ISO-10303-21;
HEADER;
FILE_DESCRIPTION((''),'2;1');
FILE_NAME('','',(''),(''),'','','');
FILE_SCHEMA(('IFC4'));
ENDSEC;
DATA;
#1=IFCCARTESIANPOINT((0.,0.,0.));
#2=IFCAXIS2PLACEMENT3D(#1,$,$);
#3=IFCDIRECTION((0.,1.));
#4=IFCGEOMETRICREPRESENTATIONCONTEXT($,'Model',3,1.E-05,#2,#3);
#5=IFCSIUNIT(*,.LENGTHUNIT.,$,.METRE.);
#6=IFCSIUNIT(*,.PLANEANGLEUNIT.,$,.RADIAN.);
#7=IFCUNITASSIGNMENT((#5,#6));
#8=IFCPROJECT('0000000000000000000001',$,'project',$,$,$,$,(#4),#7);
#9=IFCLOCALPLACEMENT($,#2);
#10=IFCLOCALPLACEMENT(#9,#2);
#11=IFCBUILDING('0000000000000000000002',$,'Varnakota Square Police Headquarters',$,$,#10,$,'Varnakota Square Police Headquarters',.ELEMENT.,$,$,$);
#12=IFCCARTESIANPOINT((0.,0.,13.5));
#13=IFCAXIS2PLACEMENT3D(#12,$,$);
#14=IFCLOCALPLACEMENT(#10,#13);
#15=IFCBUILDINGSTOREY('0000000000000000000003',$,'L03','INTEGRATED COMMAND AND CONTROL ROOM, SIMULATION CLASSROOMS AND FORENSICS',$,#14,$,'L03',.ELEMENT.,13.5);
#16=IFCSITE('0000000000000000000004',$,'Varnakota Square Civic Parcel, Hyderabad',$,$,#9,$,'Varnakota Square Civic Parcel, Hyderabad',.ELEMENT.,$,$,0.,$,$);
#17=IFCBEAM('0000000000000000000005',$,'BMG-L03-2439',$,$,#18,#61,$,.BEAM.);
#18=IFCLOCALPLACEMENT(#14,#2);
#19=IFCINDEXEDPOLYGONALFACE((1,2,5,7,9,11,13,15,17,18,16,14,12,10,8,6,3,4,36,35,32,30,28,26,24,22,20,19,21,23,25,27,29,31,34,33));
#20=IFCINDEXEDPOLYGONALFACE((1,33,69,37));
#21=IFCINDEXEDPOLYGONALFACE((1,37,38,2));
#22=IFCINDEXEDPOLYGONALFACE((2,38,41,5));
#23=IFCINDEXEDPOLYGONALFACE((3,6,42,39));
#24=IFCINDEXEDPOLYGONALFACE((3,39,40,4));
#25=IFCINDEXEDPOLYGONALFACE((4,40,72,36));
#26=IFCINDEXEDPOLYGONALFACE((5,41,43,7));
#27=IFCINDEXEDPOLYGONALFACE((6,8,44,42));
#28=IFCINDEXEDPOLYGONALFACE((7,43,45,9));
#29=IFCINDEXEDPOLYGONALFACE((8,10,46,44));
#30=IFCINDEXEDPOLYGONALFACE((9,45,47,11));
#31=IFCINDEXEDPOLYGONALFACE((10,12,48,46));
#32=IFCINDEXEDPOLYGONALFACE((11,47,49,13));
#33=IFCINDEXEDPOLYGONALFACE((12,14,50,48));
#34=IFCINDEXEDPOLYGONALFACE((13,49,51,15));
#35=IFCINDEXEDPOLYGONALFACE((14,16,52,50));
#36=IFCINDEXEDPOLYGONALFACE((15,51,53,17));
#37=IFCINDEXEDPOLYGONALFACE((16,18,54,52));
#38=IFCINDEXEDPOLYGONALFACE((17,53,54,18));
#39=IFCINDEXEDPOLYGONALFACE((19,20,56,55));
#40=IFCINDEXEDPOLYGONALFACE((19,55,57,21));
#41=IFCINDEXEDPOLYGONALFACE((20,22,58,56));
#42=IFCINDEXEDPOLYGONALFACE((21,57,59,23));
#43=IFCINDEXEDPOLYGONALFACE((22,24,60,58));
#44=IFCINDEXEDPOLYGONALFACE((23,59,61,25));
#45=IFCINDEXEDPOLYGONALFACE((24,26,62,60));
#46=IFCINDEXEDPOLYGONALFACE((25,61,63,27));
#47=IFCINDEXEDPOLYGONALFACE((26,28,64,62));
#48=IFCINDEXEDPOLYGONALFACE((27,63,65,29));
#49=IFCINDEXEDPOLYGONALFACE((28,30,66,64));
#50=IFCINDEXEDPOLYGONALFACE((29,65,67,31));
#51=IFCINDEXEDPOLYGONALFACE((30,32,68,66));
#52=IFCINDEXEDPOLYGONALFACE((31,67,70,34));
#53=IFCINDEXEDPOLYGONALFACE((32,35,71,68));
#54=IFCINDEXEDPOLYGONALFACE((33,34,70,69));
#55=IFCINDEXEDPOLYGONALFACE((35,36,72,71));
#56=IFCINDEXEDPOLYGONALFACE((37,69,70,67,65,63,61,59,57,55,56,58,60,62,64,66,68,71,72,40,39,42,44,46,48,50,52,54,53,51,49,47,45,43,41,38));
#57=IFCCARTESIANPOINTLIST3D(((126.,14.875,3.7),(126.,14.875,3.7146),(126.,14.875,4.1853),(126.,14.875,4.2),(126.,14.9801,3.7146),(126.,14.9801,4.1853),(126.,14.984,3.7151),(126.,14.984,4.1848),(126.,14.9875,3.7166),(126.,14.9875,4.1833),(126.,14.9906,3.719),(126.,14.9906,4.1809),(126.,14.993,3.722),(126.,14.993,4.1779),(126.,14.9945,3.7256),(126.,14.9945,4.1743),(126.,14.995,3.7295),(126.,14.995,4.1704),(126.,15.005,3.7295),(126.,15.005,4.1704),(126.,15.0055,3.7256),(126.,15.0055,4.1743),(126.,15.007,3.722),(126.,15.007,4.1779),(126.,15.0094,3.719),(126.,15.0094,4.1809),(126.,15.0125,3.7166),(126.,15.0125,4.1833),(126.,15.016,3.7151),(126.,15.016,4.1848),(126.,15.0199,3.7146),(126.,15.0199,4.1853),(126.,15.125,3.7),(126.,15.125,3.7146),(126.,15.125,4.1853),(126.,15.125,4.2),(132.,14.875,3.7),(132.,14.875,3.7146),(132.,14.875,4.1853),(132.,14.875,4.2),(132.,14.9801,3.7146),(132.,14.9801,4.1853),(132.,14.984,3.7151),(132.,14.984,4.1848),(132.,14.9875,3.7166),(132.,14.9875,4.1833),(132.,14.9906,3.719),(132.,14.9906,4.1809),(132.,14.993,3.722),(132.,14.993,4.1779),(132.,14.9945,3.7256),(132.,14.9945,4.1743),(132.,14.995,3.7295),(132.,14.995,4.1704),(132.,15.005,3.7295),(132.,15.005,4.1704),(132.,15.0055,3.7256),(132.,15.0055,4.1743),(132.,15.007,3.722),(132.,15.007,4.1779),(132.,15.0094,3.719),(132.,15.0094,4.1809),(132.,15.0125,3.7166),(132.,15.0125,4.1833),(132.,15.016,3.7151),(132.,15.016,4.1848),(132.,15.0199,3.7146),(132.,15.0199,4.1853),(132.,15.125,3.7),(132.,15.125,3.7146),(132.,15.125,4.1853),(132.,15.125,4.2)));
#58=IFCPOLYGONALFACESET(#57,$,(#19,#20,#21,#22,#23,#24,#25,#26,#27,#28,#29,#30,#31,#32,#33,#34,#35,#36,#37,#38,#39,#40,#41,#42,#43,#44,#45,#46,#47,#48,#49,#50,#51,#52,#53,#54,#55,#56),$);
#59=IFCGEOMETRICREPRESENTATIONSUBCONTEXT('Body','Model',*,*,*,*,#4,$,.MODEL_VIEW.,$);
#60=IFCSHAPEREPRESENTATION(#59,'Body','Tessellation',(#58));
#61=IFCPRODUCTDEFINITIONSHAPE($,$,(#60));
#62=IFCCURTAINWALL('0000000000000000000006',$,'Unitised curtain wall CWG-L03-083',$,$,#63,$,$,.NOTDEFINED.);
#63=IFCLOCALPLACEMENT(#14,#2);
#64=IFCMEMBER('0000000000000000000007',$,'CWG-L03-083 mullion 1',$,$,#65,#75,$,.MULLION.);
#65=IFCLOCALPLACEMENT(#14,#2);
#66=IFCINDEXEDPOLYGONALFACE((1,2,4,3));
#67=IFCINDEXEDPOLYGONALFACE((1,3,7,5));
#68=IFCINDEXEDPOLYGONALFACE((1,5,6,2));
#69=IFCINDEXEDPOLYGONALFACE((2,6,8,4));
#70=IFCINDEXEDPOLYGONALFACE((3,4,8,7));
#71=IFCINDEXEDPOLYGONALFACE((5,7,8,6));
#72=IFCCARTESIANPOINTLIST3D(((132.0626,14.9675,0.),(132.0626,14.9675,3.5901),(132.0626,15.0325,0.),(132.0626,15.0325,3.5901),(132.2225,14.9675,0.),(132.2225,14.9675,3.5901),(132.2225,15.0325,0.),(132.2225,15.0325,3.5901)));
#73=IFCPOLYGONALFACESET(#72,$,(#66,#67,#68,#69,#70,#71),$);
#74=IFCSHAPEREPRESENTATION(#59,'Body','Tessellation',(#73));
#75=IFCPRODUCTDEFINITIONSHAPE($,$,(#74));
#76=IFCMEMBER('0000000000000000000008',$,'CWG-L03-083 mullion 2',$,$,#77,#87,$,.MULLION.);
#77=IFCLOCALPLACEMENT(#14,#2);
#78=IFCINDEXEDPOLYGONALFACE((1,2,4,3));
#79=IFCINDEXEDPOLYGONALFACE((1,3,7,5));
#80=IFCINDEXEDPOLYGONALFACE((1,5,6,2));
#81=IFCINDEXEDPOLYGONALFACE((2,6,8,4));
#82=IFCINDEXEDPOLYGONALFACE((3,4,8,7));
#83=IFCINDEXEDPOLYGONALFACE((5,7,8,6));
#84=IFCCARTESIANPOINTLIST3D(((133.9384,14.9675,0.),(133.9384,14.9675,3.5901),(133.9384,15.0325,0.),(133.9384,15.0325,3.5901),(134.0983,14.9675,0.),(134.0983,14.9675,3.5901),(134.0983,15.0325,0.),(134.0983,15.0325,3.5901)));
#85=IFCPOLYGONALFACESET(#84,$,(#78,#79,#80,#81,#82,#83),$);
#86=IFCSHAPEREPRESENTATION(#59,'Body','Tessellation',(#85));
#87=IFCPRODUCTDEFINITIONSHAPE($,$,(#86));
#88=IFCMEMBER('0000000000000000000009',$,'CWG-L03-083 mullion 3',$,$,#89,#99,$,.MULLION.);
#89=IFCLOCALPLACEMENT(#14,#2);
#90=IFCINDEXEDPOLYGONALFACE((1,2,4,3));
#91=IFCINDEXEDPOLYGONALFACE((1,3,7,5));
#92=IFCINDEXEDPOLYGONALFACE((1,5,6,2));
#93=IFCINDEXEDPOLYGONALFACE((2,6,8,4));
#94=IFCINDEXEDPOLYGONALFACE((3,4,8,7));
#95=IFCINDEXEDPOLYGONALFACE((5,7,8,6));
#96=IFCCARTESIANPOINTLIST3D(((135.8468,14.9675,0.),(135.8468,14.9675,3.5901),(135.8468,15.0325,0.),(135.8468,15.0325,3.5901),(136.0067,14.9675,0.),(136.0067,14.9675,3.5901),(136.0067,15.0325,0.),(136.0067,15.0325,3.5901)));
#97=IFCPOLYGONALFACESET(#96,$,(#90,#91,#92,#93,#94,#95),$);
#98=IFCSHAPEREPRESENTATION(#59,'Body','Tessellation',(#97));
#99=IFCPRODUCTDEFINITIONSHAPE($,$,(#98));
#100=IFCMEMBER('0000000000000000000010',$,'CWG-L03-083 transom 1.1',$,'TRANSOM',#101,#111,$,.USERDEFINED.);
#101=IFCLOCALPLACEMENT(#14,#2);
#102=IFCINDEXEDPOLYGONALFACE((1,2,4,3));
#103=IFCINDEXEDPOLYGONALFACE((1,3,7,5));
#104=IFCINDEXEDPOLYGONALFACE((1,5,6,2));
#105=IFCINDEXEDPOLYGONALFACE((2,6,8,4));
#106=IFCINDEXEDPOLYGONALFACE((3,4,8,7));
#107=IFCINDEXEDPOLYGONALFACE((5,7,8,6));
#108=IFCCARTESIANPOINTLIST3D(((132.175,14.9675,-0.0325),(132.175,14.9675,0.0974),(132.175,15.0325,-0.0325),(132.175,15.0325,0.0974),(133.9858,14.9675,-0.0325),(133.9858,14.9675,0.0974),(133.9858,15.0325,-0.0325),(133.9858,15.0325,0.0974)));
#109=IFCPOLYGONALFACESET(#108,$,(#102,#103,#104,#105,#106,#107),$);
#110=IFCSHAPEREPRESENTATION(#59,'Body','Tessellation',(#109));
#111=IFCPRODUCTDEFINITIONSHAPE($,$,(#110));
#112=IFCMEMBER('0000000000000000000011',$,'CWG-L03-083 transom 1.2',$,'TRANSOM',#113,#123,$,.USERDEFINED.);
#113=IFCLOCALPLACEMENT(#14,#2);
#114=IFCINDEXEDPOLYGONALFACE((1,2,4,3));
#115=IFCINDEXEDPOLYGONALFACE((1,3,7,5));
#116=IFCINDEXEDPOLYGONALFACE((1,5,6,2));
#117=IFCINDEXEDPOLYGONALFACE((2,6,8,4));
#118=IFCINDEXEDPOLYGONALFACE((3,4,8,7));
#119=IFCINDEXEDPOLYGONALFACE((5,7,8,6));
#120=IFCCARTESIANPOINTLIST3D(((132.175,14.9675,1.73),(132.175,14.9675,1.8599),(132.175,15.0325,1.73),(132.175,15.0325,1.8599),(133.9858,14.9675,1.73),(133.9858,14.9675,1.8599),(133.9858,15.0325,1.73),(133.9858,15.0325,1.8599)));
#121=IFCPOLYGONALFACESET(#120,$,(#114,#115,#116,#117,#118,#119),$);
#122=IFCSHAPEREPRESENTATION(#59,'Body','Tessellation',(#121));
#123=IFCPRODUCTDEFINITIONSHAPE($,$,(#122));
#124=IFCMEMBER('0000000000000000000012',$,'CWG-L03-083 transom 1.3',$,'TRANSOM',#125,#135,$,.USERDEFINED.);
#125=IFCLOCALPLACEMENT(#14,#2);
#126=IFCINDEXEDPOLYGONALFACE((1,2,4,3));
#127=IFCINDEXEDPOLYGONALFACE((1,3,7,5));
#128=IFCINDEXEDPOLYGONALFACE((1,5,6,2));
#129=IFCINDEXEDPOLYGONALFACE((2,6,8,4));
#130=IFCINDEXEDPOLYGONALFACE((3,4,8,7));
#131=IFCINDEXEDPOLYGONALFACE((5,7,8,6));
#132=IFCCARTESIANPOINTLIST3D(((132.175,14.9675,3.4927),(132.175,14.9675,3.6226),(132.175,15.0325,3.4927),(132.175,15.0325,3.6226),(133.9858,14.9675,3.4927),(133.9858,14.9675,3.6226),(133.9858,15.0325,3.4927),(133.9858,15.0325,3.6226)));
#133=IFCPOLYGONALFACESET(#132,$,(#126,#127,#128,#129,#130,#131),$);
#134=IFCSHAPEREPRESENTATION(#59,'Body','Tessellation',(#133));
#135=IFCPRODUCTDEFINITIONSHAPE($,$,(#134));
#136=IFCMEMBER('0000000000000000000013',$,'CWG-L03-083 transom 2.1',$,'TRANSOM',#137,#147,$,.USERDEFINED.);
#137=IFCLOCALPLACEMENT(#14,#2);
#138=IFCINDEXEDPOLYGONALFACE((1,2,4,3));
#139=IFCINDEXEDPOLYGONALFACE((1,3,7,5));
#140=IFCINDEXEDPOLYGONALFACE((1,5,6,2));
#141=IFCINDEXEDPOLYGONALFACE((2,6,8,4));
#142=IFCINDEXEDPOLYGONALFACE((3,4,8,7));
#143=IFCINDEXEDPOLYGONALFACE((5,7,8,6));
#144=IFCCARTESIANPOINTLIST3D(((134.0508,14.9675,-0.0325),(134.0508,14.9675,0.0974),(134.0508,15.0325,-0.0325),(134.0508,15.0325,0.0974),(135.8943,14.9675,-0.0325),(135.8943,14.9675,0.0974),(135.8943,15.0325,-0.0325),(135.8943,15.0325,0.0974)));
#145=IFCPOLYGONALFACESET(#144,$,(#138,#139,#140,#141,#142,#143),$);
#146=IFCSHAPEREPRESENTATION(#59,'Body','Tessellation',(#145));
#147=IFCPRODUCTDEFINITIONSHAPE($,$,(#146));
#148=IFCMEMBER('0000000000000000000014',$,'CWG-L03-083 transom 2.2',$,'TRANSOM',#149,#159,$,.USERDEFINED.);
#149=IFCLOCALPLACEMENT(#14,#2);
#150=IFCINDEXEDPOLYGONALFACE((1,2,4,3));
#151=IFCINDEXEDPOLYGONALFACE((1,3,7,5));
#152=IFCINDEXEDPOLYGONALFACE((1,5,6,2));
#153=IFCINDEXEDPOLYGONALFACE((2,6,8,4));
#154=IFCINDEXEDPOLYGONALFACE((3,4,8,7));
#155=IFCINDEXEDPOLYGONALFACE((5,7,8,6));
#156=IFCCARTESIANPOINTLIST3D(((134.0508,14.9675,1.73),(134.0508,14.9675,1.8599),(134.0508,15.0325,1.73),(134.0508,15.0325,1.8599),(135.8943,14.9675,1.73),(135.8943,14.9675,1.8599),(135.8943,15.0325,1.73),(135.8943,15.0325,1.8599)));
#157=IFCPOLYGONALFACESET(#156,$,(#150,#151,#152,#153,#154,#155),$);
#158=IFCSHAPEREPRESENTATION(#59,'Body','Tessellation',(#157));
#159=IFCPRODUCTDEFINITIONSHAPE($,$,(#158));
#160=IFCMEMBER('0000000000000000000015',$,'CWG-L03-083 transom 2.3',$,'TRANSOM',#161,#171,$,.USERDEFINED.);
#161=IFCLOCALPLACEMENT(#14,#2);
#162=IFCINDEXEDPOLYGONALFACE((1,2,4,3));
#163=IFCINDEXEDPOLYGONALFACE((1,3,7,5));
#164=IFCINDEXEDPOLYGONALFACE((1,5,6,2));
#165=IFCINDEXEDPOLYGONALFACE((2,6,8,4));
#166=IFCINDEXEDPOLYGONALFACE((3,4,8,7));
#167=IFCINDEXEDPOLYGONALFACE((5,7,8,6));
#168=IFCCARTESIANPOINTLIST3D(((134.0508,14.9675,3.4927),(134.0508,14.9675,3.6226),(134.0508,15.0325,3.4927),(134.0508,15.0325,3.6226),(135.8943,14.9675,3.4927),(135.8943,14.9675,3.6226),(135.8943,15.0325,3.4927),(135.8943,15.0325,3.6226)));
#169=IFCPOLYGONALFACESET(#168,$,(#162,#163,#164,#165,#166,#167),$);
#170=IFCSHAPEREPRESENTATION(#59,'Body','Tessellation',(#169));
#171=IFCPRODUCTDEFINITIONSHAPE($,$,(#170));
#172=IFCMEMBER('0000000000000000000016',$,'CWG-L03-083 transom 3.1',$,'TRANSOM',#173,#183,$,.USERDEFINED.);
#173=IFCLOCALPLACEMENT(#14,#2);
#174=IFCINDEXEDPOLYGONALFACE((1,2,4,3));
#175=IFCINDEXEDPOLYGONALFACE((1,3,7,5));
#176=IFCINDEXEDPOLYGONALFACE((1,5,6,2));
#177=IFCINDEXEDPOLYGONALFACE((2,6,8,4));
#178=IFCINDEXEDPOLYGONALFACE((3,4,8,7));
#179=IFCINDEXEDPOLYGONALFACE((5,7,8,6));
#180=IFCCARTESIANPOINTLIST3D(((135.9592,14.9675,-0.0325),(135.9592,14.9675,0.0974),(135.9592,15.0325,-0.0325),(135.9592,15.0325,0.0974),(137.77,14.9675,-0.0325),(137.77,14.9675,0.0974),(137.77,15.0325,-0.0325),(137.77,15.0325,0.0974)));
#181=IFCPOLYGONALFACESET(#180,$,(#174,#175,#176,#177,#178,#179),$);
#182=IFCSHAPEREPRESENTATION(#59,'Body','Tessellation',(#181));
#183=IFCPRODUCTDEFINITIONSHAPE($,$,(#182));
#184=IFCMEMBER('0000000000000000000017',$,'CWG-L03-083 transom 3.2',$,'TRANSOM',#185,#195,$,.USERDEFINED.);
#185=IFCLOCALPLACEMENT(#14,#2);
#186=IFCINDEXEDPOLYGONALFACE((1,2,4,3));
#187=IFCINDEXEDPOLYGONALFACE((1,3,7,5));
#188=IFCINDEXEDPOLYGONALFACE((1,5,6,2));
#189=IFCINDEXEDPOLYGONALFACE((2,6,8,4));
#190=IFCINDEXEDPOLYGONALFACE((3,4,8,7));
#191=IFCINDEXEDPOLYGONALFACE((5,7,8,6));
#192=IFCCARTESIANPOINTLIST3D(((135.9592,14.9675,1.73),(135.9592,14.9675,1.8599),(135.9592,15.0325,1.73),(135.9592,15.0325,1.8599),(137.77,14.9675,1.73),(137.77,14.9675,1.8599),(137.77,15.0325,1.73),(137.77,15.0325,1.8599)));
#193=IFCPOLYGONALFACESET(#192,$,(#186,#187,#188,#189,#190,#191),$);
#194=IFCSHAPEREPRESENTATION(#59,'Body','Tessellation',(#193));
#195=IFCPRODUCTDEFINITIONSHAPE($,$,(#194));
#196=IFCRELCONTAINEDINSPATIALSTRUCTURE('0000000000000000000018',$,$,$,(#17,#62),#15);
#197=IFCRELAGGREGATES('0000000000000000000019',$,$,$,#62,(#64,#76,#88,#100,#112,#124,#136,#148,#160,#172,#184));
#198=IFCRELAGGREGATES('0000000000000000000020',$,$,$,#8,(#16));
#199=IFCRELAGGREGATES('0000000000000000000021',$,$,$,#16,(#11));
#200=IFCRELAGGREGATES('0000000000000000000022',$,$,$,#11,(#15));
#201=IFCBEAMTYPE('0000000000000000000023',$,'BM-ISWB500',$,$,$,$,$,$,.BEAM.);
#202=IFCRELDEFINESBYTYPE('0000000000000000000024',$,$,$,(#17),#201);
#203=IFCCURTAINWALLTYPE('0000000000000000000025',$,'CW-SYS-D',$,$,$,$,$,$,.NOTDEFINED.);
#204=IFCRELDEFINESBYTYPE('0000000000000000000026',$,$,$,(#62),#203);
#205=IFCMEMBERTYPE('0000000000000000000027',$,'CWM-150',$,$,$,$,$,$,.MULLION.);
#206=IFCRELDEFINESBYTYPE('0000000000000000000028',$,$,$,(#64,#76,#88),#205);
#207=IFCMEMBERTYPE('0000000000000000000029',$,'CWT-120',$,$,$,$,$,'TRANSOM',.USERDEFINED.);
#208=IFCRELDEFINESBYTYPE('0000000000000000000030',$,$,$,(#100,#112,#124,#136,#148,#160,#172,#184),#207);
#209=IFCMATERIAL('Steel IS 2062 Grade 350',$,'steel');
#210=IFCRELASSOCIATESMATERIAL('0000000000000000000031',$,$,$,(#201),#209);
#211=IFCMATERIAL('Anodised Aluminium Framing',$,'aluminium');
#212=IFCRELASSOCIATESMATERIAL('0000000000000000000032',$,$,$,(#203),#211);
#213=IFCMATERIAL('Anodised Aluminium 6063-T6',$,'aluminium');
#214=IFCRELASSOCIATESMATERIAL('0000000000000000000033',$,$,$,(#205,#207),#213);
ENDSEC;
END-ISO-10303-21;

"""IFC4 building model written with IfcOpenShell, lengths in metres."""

from ifc_helpers import new_model, si_unit, direction, frame, origin, origin_2d, place, context, subcontext, project, spatial, rectangle, i_section, extrude, material, material_profile, profile_set, type_object, element, aggregate, save


model = new_model("IFC4")

# Units and contexts
model_context = context("Model", 3, precision=1e-05, world=origin(), true_north=direction((0.0, 1.0)))
body_context = subcontext(model_context, "Body", "Model", "MODEL_VIEW")
ifc_project = project(units=[si_unit("LENGTHUNIT", "METRE"), si_unit("PLANEANGLEUNIT", "RADIAN")], contexts=[model_context])

# Site, building, storey
site_placement = place(None, origin())
site = spatial("IfcSite", under=ifc_project, at=site_placement, Name="Varnakota Square Civic Parcel, Hyderabad", LongName="Varnakota Square Civic Parcel, Hyderabad", CompositionType="ELEMENT", RefElevation=0.0)
building_placement = place(site_placement, origin())
building = spatial("IfcBuilding", under=site, at=building_placement, Name="Varnakota Square Police Headquarters", LongName="Varnakota Square Police Headquarters", CompositionType="ELEMENT")
storey_placement = place(building_placement, frame((0.0, 0.0, 13.5)))
storey = spatial("IfcBuildingStorey", under=building, at=storey_placement, Name="L03", Description="INTEGRATED COMMAND AND CONTROL ROOM, SIMULATION CLASSROOMS AND FORENSICS", LongName="L03", CompositionType="ELEMENT", Elevation=13.5)

# Shared definitions
ifc_material_1 = material(Name="Steel IS 2062 Grade 350", Category="steel")

# Beam
ifc_material_profile_1 = material_profile(ifc_material_1, i_section(OverallWidth=0.25, OverallDepth=0.5, WebThickness=0.01, FlangeThickness=0.0146, FilletRadius=0.0149, at=origin_2d()), Name="ISWB 500")
ifc_profile_set_1 = profile_set([ifc_material_profile_1], Name="Steel IS 2062 Grade 350")
beam_type_1 = type_object("IfcBeamType", Name="BM-ISWB500", PredefinedType="BEAM", material=ifc_profile_set_1)
beam_1_placement = place(storey_placement, frame((126.0, 15.0, 3.95), z_axis=(1.0, 0.0, 0.0), x_axis=(0.0, 1.0, 0.0)))
element("IfcBeam", 1, at=beam_1_placement, inside=storey, type_object=beam_type_1, Name="BMG-L03-2439", PredefinedType="BEAM", context=body_context, shape_type="SweptSolid", body=[
    extrude(i_section(OverallWidth=0.25, OverallDepth=0.5, WebThickness=0.01, FlangeThickness=0.0146, FilletRadius=0.0149, at=origin_2d()), origin(), (0.0, 0.0, 1.0), 6.0),
])

# Curtain wall, members
ifc_material_2 = material(Name="Anodised Aluminium Framing", Category="aluminium")
curtain_wall_type = type_object("IfcCurtainWallType", Name="CW-SYS-D", PredefinedType="NOTDEFINED", material=ifc_material_2)
curtain_wall_placement = place(storey_placement, origin())
curtain_wall = element("IfcCurtainWall", 2, at=curtain_wall_placement, inside=storey, type_object=curtain_wall_type, Name="Unitised curtain wall CWG-L03-083", PredefinedType="NOTDEFINED")
ifc_material_3 = material(Name="Anodised Aluminium 6063-T6", Category="aluminium")
ifc_material_profile_2 = material_profile(ifc_material_3, rectangle(XDim=0.0649, YDim=0.1599, at=origin_2d()), Name="ALU MULLION 65x160")
ifc_profile_set_2 = profile_set([ifc_material_profile_2], Name="Anodised Aluminium 6063-T6")
member_type_1 = type_object("IfcMemberType", Name="CWM-150", PredefinedType="MULLION", material=ifc_profile_set_2)
member_1_placement = place(storey_placement, frame((132.1426, 15.0, 0.0), z_axis=(0.0, 0.0, 1.0), x_axis=(0.0, 1.0, 0.0)))
member_1 = element("IfcMember", 3, at=member_1_placement, type_object=member_type_1, Name="CWG-L03-083 mullion 1", PredefinedType="MULLION", context=body_context, shape_type="SweptSolid", body=[
    extrude(rectangle(XDim=0.0649, YDim=0.1599, at=origin_2d()), origin(), (0.0, 0.0, 1.0), 3.5901),
])
member_2_placement = place(storey_placement, frame((134.0183, 15.0, 0.0), z_axis=(0.0, 0.0, 1.0), x_axis=(0.0, 1.0, 0.0)))
member_2 = element("IfcMember", 4, at=member_2_placement, type_object=member_type_1, Name="CWG-L03-083 mullion 2", PredefinedType="MULLION", context=body_context, shape_type="SweptSolid", body=[
    extrude(rectangle(XDim=0.0649, YDim=0.1599, at=origin_2d()), origin(), (0.0, 0.0, 1.0), 3.5901),
])
member_3_placement = place(storey_placement, frame((135.9268, 15.0, 0.0), z_axis=(0.0, 0.0, 1.0), x_axis=(0.0, 1.0, 0.0)))
member_3 = element("IfcMember", 5, at=member_3_placement, type_object=member_type_1, Name="CWG-L03-083 mullion 3", PredefinedType="MULLION", context=body_context, shape_type="SweptSolid", body=[
    extrude(rectangle(XDim=0.0649, YDim=0.1599, at=origin_2d()), origin(), (0.0, 0.0, 1.0), 3.5901),
])
ifc_material_profile_3 = material_profile(ifc_material_3, rectangle(XDim=0.0649, YDim=0.1299, at=origin_2d()), Name="ALU TRANSOM 65x130")
ifc_profile_set_3 = profile_set([ifc_material_profile_3], Name="Anodised Aluminium 6063-T6")
member_type_2 = type_object("IfcMemberType", Name="CWT-120", ElementType="TRANSOM", PredefinedType="USERDEFINED", material=ifc_profile_set_3)
member_4_placement = place(storey_placement, frame((132.175, 15.0, 0.0325), z_axis=(1.0, 0.0, 0.0), x_axis=(0.0, 1.0, 0.0)))
member_4 = element("IfcMember", 6, at=member_4_placement, type_object=member_type_2, Name="CWG-L03-083 transom 1.1", ObjectType="TRANSOM", PredefinedType="USERDEFINED", context=body_context, shape_type="SweptSolid", body=[
    extrude(rectangle(XDim=0.0649, YDim=0.1299, at=origin_2d()), origin(), (0.0, 0.0, 1.0), 1.8108),
])
member_5_placement = place(storey_placement, frame((132.175, 15.0, 1.7949), z_axis=(1.0, 0.0, 0.0), x_axis=(0.0, 1.0, 0.0)))
member_5 = element("IfcMember", 7, at=member_5_placement, type_object=member_type_2, Name="CWG-L03-083 transom 1.2", ObjectType="TRANSOM", PredefinedType="USERDEFINED", context=body_context, shape_type="SweptSolid", body=[
    extrude(rectangle(XDim=0.0649, YDim=0.1299, at=origin_2d()), origin(), (0.0, 0.0, 1.0), 1.8108),
])
member_6_placement = place(storey_placement, frame((132.175, 15.0, 3.5576), z_axis=(1.0, 0.0, 0.0), x_axis=(0.0, 1.0, 0.0)))
member_6 = element("IfcMember", 8, at=member_6_placement, type_object=member_type_2, Name="CWG-L03-083 transom 1.3", ObjectType="TRANSOM", PredefinedType="USERDEFINED", context=body_context, shape_type="SweptSolid", body=[
    extrude(rectangle(XDim=0.0649, YDim=0.1299, at=origin_2d()), origin(), (0.0, 0.0, 1.0), 1.8108),
])
member_7_placement = place(storey_placement, frame((134.0508, 15.0, 0.0325), z_axis=(1.0, 0.0, 0.0), x_axis=(0.0, 1.0, 0.0)))
member_7 = element("IfcMember", 9, at=member_7_placement, type_object=member_type_2, Name="CWG-L03-083 transom 2.1", ObjectType="TRANSOM", PredefinedType="USERDEFINED", context=body_context, shape_type="SweptSolid", body=[
    extrude(rectangle(XDim=0.0649, YDim=0.1299, at=origin_2d()), origin(), (0.0, 0.0, 1.0), 1.8435),
])
member_8_placement = place(storey_placement, frame((134.0508, 15.0, 1.7949), z_axis=(1.0, 0.0, 0.0), x_axis=(0.0, 1.0, 0.0)))
member_8 = element("IfcMember", 10, at=member_8_placement, type_object=member_type_2, Name="CWG-L03-083 transom 2.2", ObjectType="TRANSOM", PredefinedType="USERDEFINED", context=body_context, shape_type="SweptSolid", body=[
    extrude(rectangle(XDim=0.0649, YDim=0.1299, at=origin_2d()), origin(), (0.0, 0.0, 1.0), 1.8435),
])
member_9_placement = place(storey_placement, frame((134.0508, 15.0, 3.5576), z_axis=(1.0, 0.0, 0.0), x_axis=(0.0, 1.0, 0.0)))
member_9 = element("IfcMember", 11, at=member_9_placement, type_object=member_type_2, Name="CWG-L03-083 transom 2.3", ObjectType="TRANSOM", PredefinedType="USERDEFINED", context=body_context, shape_type="SweptSolid", body=[
    extrude(rectangle(XDim=0.0649, YDim=0.1299, at=origin_2d()), origin(), (0.0, 0.0, 1.0), 1.8435),
])
member_10_placement = place(storey_placement, frame((135.9592, 15.0, 0.0325), z_axis=(1.0, 0.0, 0.0), x_axis=(0.0, 1.0, 0.0)))
member_10 = element("IfcMember", 12, at=member_10_placement, type_object=member_type_2, Name="CWG-L03-083 transom 3.1", ObjectType="TRANSOM", PredefinedType="USERDEFINED", context=body_context, shape_type="SweptSolid", body=[
    extrude(rectangle(XDim=0.0649, YDim=0.1299, at=origin_2d()), origin(), (0.0, 0.0, 1.0), 1.8108),
])
member_11_placement = place(storey_placement, frame((135.9592, 15.0, 1.7949), z_axis=(1.0, 0.0, 0.0), x_axis=(0.0, 1.0, 0.0)))
member_11 = element("IfcMember", 13, at=member_11_placement, type_object=member_type_2, Name="CWG-L03-083 transom 3.2", ObjectType="TRANSOM", PredefinedType="USERDEFINED", context=body_context, shape_type="SweptSolid", body=[
    extrude(rectangle(XDim=0.0649, YDim=0.1299, at=origin_2d()), origin(), (0.0, 0.0, 1.0), 1.8108),
])

aggregate(curtain_wall, [member_1, member_2, member_3, member_4, member_5, member_6, member_7, member_8, member_9, member_10, member_11])

save(model, "model.ifc")
